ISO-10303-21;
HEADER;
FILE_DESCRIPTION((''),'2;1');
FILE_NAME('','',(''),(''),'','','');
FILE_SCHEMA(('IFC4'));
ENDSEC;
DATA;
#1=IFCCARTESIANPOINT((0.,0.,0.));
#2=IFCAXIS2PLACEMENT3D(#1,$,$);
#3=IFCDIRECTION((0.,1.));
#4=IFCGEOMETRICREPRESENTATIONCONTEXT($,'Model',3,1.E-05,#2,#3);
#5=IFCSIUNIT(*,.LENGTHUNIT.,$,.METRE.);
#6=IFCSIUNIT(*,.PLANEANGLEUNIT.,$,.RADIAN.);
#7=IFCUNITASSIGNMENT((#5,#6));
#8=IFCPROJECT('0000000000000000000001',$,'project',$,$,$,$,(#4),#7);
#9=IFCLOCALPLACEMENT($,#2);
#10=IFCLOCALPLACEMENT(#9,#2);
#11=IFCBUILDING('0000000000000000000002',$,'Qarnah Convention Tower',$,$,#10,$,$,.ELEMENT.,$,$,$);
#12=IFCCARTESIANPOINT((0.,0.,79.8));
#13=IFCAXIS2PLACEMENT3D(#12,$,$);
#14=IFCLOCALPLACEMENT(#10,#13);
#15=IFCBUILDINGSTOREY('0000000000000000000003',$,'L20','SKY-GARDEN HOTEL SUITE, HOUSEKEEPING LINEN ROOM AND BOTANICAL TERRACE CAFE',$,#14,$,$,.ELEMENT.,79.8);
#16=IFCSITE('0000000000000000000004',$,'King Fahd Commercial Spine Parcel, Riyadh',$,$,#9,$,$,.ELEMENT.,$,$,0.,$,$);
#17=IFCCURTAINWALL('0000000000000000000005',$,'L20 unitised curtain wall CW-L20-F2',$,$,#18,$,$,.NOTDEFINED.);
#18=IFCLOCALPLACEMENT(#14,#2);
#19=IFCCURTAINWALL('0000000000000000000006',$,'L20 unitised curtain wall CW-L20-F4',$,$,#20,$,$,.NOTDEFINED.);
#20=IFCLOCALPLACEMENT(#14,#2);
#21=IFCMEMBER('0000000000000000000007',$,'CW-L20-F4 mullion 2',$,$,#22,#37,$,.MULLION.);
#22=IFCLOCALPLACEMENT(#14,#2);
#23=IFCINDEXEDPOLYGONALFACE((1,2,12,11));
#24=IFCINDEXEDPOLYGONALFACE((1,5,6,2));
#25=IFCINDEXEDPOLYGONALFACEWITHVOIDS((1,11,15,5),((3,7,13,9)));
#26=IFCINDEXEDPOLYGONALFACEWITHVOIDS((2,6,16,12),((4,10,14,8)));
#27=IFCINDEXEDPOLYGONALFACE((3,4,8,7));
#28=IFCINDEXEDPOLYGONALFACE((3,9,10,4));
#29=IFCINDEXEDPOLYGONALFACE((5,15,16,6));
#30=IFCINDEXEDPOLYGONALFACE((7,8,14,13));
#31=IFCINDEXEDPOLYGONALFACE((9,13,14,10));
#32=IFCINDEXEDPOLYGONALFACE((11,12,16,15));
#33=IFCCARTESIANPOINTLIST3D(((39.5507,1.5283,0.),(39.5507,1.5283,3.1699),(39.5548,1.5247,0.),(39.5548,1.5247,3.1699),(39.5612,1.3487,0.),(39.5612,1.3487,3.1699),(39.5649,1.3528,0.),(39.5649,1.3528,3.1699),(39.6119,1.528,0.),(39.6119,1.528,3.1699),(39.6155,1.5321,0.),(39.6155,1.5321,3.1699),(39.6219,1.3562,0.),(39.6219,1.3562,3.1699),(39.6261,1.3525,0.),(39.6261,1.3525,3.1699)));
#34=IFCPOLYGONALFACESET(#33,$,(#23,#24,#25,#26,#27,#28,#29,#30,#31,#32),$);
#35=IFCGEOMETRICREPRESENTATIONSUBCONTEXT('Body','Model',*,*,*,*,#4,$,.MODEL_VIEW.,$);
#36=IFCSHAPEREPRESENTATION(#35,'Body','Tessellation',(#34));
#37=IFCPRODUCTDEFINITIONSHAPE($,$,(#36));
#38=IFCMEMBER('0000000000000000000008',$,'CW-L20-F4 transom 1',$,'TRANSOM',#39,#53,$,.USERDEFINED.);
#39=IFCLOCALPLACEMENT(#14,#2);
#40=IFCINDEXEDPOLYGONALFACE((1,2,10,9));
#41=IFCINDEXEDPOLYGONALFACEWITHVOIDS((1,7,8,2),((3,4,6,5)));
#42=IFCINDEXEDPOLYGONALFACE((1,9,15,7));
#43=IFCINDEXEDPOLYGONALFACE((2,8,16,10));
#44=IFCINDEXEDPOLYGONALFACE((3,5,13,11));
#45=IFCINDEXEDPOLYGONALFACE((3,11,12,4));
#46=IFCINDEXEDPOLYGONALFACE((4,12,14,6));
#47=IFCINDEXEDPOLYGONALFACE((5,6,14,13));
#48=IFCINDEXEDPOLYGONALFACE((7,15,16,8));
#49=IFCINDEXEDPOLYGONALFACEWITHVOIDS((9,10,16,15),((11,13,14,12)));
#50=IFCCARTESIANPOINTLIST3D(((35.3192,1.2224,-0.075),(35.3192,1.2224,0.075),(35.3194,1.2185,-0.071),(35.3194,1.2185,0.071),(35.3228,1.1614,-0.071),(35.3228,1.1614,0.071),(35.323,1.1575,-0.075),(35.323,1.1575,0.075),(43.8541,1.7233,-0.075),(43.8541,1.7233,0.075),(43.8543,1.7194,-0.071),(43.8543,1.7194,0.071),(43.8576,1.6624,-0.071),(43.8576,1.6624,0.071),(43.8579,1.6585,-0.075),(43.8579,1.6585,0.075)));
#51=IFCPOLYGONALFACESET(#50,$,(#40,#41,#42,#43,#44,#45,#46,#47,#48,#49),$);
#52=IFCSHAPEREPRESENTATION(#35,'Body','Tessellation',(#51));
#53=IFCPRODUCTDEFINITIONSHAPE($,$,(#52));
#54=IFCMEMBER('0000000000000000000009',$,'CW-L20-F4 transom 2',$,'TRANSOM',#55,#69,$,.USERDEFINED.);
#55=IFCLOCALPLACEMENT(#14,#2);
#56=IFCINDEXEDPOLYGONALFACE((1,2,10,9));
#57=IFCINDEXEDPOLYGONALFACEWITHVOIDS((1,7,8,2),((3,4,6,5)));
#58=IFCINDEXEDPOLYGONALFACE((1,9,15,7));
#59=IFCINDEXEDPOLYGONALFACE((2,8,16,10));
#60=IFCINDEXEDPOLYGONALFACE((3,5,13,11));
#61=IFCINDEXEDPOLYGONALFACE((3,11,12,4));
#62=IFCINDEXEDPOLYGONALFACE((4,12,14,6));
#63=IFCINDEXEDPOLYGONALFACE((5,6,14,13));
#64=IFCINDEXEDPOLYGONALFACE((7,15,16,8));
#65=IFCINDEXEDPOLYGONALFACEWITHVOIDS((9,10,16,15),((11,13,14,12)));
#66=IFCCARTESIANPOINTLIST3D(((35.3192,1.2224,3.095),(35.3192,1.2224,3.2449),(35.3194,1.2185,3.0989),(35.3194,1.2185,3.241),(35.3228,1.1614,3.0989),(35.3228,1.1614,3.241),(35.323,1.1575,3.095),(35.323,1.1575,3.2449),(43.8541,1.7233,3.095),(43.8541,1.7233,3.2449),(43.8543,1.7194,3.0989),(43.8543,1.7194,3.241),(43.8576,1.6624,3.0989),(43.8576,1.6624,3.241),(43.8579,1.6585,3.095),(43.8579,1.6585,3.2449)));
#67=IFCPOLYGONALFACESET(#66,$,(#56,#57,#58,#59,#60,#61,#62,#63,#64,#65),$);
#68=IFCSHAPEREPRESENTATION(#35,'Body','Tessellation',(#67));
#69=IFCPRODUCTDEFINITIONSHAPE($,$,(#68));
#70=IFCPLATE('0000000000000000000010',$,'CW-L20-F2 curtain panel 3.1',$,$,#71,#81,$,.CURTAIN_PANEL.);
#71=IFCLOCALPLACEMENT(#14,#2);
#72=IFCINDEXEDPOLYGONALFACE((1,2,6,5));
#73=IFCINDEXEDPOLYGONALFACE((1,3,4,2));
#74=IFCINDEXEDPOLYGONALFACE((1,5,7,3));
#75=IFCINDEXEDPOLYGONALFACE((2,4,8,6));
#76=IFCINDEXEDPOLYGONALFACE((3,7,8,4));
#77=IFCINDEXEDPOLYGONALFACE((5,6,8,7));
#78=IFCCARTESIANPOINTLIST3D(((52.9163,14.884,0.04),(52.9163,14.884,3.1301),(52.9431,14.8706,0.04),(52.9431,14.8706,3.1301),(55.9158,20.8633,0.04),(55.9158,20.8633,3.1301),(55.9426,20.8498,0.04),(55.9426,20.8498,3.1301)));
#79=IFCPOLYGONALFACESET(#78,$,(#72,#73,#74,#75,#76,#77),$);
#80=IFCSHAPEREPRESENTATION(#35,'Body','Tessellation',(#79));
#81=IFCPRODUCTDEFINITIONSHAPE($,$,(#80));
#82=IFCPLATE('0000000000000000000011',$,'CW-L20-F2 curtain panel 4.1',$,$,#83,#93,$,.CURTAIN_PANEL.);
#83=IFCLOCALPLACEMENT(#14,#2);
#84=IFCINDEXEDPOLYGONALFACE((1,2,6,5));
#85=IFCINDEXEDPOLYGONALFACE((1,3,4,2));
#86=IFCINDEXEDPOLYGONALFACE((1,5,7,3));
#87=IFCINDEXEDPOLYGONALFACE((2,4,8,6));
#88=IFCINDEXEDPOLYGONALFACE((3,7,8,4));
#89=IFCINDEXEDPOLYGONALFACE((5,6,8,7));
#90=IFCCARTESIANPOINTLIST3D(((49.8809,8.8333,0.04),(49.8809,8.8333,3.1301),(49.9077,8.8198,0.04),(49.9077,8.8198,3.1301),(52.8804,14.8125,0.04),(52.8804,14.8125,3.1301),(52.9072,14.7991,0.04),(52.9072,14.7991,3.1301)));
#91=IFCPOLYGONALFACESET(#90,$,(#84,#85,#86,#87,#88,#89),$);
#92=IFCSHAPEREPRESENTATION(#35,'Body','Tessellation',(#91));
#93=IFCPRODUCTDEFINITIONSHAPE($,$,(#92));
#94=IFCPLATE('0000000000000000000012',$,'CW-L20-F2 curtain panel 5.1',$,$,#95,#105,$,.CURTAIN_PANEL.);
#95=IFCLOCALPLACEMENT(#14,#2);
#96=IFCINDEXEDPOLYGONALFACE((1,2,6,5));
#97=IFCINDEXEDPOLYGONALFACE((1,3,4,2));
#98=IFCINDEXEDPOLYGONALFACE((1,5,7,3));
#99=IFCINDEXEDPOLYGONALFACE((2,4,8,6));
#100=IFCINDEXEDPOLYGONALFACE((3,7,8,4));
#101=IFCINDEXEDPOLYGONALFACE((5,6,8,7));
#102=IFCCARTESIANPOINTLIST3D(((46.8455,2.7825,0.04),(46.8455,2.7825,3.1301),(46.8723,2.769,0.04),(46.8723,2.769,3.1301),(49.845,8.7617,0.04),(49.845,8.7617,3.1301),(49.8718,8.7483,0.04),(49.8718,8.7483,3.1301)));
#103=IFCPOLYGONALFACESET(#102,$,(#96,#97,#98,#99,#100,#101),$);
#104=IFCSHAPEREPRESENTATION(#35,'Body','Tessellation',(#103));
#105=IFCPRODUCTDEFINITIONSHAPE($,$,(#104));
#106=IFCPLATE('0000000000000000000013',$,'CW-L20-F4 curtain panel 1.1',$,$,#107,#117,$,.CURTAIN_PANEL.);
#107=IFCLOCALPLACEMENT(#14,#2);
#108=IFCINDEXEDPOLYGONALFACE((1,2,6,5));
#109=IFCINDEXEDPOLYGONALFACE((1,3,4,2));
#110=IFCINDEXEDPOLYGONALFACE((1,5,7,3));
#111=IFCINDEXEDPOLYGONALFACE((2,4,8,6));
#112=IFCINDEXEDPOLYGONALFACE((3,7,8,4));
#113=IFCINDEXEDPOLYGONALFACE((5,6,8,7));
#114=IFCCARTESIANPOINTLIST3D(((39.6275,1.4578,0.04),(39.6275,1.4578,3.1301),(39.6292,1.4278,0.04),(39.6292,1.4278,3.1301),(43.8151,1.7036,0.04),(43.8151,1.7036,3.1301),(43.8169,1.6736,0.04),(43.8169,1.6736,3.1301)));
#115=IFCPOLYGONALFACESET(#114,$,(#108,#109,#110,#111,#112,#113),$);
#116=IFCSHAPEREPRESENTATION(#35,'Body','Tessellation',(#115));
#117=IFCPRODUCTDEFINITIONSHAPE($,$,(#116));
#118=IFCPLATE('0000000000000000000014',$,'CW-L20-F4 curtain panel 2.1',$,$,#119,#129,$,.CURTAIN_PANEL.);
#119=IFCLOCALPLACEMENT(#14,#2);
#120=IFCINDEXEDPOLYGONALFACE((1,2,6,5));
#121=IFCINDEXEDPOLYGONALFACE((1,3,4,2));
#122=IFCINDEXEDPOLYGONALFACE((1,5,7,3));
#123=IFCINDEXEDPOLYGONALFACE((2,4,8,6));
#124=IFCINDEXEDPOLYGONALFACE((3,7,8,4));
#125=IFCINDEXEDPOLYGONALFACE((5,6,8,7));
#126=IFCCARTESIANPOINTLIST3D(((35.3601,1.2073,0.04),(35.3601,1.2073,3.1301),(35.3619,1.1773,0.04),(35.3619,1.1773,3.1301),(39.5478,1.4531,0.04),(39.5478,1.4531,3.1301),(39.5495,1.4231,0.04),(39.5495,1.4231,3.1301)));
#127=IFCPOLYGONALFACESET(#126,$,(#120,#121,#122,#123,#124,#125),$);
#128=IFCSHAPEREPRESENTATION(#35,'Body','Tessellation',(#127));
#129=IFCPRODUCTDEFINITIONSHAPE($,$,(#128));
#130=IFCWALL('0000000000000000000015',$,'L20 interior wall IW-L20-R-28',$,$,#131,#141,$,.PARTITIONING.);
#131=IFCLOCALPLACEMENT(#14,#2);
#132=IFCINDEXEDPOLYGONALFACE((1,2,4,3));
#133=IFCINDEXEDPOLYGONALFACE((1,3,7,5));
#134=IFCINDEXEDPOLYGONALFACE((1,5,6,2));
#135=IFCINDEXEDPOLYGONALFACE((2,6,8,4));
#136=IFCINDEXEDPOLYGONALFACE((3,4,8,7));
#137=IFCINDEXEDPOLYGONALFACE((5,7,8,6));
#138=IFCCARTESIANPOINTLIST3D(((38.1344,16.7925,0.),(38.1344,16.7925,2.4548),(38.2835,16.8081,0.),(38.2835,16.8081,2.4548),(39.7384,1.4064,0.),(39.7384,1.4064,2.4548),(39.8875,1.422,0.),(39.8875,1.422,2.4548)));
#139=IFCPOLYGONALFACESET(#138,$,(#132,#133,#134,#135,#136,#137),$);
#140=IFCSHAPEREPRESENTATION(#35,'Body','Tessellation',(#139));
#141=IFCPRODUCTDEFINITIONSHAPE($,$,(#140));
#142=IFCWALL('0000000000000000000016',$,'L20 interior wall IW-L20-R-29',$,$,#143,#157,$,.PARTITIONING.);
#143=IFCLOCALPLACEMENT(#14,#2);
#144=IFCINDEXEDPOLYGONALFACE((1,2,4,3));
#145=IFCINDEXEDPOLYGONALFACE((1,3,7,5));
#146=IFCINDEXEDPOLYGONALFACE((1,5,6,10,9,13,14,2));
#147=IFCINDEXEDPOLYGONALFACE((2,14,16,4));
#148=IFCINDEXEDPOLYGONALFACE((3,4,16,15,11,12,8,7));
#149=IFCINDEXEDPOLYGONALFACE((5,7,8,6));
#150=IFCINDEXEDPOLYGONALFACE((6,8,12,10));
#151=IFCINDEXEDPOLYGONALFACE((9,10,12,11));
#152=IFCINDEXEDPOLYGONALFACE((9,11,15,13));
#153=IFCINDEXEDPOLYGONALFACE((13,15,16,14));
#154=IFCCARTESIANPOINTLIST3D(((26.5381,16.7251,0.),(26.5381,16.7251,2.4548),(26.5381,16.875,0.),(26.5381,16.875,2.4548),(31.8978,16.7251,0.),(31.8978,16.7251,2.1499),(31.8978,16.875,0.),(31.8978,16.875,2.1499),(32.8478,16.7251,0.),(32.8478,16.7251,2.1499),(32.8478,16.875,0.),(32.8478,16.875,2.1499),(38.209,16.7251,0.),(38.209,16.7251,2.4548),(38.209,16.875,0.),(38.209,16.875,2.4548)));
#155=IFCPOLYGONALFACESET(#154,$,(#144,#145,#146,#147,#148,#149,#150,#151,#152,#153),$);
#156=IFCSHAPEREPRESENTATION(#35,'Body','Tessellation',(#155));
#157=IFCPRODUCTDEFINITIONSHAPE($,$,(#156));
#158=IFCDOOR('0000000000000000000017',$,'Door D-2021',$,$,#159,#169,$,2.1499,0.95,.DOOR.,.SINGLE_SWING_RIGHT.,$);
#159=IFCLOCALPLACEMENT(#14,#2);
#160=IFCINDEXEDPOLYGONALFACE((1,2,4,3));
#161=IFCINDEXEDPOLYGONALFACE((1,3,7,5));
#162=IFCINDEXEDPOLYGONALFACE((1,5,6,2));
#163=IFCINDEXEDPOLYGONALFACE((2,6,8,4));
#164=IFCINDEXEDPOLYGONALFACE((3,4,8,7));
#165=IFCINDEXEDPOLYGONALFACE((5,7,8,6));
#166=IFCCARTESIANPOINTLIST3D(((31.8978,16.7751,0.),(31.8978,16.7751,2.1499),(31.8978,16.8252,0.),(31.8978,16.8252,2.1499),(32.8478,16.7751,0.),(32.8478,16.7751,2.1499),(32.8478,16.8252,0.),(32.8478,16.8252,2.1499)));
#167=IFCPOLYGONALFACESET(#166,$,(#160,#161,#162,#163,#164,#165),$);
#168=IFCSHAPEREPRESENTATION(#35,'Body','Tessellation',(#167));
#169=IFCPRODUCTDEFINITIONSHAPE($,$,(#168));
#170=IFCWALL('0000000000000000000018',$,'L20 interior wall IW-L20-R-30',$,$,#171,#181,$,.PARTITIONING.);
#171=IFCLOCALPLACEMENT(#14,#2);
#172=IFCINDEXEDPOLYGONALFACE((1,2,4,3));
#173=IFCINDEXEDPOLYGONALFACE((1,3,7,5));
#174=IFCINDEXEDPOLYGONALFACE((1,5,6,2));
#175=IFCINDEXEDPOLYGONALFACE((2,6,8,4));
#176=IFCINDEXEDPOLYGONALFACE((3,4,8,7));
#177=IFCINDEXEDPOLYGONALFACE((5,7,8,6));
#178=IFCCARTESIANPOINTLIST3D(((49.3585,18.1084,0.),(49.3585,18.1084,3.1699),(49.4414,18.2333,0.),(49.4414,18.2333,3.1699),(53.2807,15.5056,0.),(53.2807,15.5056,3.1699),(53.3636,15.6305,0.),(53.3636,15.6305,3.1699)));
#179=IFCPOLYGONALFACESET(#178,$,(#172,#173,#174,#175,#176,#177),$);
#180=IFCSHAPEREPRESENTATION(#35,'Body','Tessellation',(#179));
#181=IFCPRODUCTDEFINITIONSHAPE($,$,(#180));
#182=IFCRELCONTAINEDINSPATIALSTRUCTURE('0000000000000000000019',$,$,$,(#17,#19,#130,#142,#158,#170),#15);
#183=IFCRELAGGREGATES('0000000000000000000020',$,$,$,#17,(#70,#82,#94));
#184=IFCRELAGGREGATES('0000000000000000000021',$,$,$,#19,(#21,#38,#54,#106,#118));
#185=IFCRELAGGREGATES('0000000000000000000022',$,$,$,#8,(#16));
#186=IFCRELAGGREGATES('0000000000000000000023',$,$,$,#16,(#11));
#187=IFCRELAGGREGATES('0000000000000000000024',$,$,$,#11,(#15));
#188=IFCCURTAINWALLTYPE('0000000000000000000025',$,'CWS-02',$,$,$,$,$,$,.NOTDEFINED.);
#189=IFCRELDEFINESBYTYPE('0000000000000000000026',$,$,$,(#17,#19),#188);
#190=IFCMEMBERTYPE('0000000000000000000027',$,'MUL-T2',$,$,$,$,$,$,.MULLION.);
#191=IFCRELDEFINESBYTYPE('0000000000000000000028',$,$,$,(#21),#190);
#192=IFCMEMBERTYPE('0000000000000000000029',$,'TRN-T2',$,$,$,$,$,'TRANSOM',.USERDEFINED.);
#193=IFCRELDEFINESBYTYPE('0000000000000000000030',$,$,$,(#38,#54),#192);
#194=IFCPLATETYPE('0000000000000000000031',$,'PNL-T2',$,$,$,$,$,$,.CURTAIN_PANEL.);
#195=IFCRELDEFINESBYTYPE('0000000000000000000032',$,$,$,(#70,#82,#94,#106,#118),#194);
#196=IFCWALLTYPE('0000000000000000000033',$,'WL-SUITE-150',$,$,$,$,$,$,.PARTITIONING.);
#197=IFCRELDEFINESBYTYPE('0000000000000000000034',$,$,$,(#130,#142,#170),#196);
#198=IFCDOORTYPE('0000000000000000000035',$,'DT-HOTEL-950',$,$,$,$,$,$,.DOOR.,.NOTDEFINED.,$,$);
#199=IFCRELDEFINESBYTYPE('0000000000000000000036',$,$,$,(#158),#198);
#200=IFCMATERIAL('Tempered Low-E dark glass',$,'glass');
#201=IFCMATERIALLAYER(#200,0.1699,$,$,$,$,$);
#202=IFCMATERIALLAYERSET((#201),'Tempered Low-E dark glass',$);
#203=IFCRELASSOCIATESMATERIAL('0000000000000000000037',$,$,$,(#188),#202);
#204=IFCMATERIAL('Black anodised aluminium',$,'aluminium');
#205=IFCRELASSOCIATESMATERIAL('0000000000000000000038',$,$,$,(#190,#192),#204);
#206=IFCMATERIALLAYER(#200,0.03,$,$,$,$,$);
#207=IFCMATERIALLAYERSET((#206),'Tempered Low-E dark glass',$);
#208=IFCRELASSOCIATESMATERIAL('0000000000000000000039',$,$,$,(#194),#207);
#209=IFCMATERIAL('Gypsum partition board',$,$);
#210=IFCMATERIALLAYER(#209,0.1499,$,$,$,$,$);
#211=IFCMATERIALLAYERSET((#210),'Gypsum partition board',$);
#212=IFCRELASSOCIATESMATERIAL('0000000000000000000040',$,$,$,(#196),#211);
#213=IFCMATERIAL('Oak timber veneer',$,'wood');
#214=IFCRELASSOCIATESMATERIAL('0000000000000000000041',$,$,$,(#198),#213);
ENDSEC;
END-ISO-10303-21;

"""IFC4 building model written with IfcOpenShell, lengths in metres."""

from ifc_helpers import new_model, si_unit, direction, frame, frame_2d, origin, origin_2d, place, context, subcontext, project, spatial, rectangle, hollow_rectangle, extrude, material, layer, layer_set, material_profile, profile_set, type_object, element, fill, aggregate, save


model = new_model("IFC4")

# Units and contexts
model_context = context("Model", 3, precision=1e-05, world=origin(), true_north=direction((0.0, 1.0)))
body_context = subcontext(model_context, "Body", "Model", "MODEL_VIEW")
ifc_project = project(units=[si_unit("LENGTHUNIT", "METRE"), si_unit("PLANEANGLEUNIT", "RADIAN")], contexts=[model_context])

# Site, building, storey
site_placement = place(None, origin())
site = spatial("IfcSite", under=ifc_project, at=site_placement, Name="King Fahd Commercial Spine Parcel, Riyadh", CompositionType="ELEMENT", RefElevation=0.0)
building_placement = place(site_placement, origin())
building = spatial("IfcBuilding", under=site, at=building_placement, Name="Qarnah Convention Tower", CompositionType="ELEMENT")
storey_placement = place(building_placement, frame((0.0, 0.0, 79.8)))
storey = spatial("IfcBuildingStorey", under=building, at=storey_placement, Name="L20", Description="SKY-GARDEN HOTEL SUITE, HOUSEKEEPING LINEN ROOM AND BOTANICAL TERRACE CAFE", CompositionType="ELEMENT", Elevation=79.8)

# Curtain walls, members
ifc_material_1 = material(Name="Tempered Low-E dark glass", Category="glass")
ifc_layer_1 = layer(ifc_material_1, 0.1699)
ifc_layer_set_1 = layer_set([ifc_layer_1], Name="Tempered Low-E dark glass")
curtain_wall_type = type_object("IfcCurtainWallType", Name="CWS-02", PredefinedType="NOTDEFINED", material=ifc_layer_set_1)
curtain_wall_1_placement = place(storey_placement, origin())
curtain_wall_1 = element("IfcCurtainWall", 1, at=curtain_wall_1_placement, inside=storey, type_object=curtain_wall_type, Name="L20 unitised curtain wall CW-L20-F2", PredefinedType="NOTDEFINED")
ifc_material_2 = material(Name="Black anodised aluminium", Category="aluminium")
ifc_material_profile_1 = material_profile(ifc_material_2, hollow_rectangle(XDim=0.0649, YDim=0.1799, WallThickness=0.0039, at=origin_2d()), Name="MUL-65X180")
ifc_profile_set_1 = profile_set([ifc_material_profile_1], Name="Black anodised aluminium")
member_type_1 = type_object("IfcMemberType", Name="MUL-T2", PredefinedType="MULLION", material=ifc_profile_set_1)
curtain_wall_2_placement = place(storey_placement, origin())
curtain_wall_2 = element("IfcCurtainWall", 2, at=curtain_wall_2_placement, inside=storey, type_object=curtain_wall_type, Name="L20 unitised curtain wall CW-L20-F4", PredefinedType="NOTDEFINED")
member_1_placement = place(storey_placement, frame((39.5884, 1.4404, 0.0), z_axis=(0.0, 0.0, 1.0), x_axis=(-0.998282, -0.058599, 0.0)))
member_1 = element("IfcMember", 3, at=member_1_placement, type_object=member_type_1, Name="CW-L20-F4 mullion 2", PredefinedType="MULLION", context=body_context, shape_type="SweptSolid", body=[
    extrude(hollow_rectangle(XDim=0.0649, YDim=0.1799, WallThickness=0.0039, at=origin_2d()), origin(), (0.0, 0.0, 1.0), 3.1699),
])
ifc_material_profile_2 = material_profile(ifc_material_2, hollow_rectangle(XDim=0.0649, YDim=0.1499, WallThickness=0.0039, at=origin_2d()), Name="TRN-65X150")
ifc_profile_set_2 = profile_set([ifc_material_profile_2], Name="Black anodised aluminium")
member_type_2 = type_object("IfcMemberType", Name="TRN-T2", ElementType="TRANSOM", PredefinedType="USERDEFINED", material=ifc_profile_set_2)
member_2_placement = place(storey_placement, frame((43.856, 1.6909, 0.0), z_axis=(-0.998282, -0.058596, 0.0), x_axis=(0.058596, -0.998282, 0.0)))
member_2 = element("IfcMember", 4, at=member_2_placement, type_object=member_type_2, Name="CW-L20-F4 transom 1", ObjectType="TRANSOM", PredefinedType="USERDEFINED", context=body_context, shape_type="SweptSolid", body=[
    extrude(hollow_rectangle(XDim=0.0649, YDim=0.1499, WallThickness=0.0039, at=origin_2d()), origin(), (0.0, 0.0, 1.0), 8.5496),
])
member_3_placement = place(storey_placement, frame((43.856, 1.6909, 3.1699), z_axis=(-0.998282, -0.058596, 0.0), x_axis=(0.058596, -0.998282, 0.0)))
member_3 = element("IfcMember", 5, at=member_3_placement, type_object=member_type_2, Name="CW-L20-F4 transom 2", ObjectType="TRANSOM", PredefinedType="USERDEFINED", context=body_context, shape_type="SweptSolid", body=[
    extrude(hollow_rectangle(XDim=0.0649, YDim=0.1499, WallThickness=0.0039, at=origin_2d()), origin(), (0.0, 0.0, 1.0), 8.5496),
])

# Plates
ifc_layer_2 = layer(ifc_material_1, 0.03)
ifc_layer_set_2 = layer_set([ifc_layer_2], Name="Tempered Low-E dark glass")
plate_type = type_object("IfcPlateType", Name="PNL-T2", PredefinedType="CURTAIN_PANEL", material=ifc_layer_set_2)
plate_1_placement = place(storey_placement, frame((54.4294, 17.8669, 0.04), z_axis=(0.0, 0.0, 1.0), x_axis=(-0.448395, -0.893836, 0.0)))
plate_1 = element("IfcPlate", 6, at=plate_1_placement, type_object=plate_type, Name="CW-L20-F2 curtain panel 3.1", PredefinedType="CURTAIN_PANEL", context=body_context, shape_type="SweptSolid", body=[
    extrude(rectangle(XDim=6.6895, YDim=0.03, at=origin_2d()), origin(), (0.0, 0.0, 1.0), 3.0901),
])
plate_2_placement = place(storey_placement, frame((51.394, 11.8162, 0.04), z_axis=(0.0, 0.0, 1.0), x_axis=(-0.448395, -0.893836, 0.0)))
plate_2 = element("IfcPlate", 7, at=plate_2_placement, type_object=plate_type, Name="CW-L20-F2 curtain panel 4.1", PredefinedType="CURTAIN_PANEL", context=body_context, shape_type="SweptSolid", body=[
    extrude(rectangle(XDim=6.6895, YDim=0.03, at=origin_2d()), origin(), (0.0, 0.0, 1.0), 3.0901),
])
plate_3_placement = place(storey_placement, frame((48.3586, 5.7654, 0.04), z_axis=(0.0, 0.0, 1.0), x_axis=(-0.448395, -0.893836, 0.0)))
plate_3 = element("IfcPlate", 8, at=plate_3_placement, type_object=plate_type, Name="CW-L20-F2 curtain panel 5.1", PredefinedType="CURTAIN_PANEL", context=body_context, shape_type="SweptSolid", body=[
    extrude(rectangle(XDim=6.6895, YDim=0.03, at=origin_2d()), origin(), (0.0, 0.0, 1.0), 3.0901),
])
aggregate(curtain_wall_1, [plate_1, plate_2, plate_3])
plate_4_placement = place(storey_placement, frame((41.7222, 1.5657, 0.04), z_axis=(0.0, 0.0, 1.0), x_axis=(-0.998282, -0.058599, 0.0)))
plate_4 = element("IfcPlate", 9, at=plate_4_placement, type_object=plate_type, Name="CW-L20-F4 curtain panel 1.1", PredefinedType="CURTAIN_PANEL", context=body_context, shape_type="SweptSolid", body=[
    extrude(rectangle(XDim=4.1948, YDim=0.03, at=origin_2d()), origin(), (0.0, 0.0, 1.0), 3.0901),
])
plate_5_placement = place(storey_placement, frame((37.4548, 1.3152, 0.04), z_axis=(0.0, 0.0, 1.0), x_axis=(-0.998282, -0.058599, 0.0)))
plate_5 = element("IfcPlate", 10, at=plate_5_placement, type_object=plate_type, Name="CW-L20-F4 curtain panel 2.1", PredefinedType="CURTAIN_PANEL", context=body_context, shape_type="SweptSolid", body=[
    extrude(rectangle(XDim=4.1948, YDim=0.03, at=origin_2d()), origin(), (0.0, 0.0, 1.0), 3.0901),
])
aggregate(curtain_wall_2, [member_1, member_2, member_3, plate_4, plate_5])

# Wall
ifc_material_3 = material(Name="Gypsum partition board")
ifc_layer_3 = layer(ifc_material_3, 0.1499)
ifc_layer_set_3 = layer_set([ifc_layer_3], Name="Gypsum partition board")
wall_type_1 = type_object("IfcWallType", Name="WL-SUITE-150", PredefinedType="PARTITIONING", material=ifc_layer_set_3)
wall_1_placement = place(storey_placement, frame((39.813, 1.4141, 0.0), z_axis=(0.0, 0.0, 1.0), x_axis=(-0.103689, 0.99461, 0.0)))
element("IfcWall", 11, at=wall_1_placement, inside=storey, type_object=wall_type_1, Name="L20 interior wall IW-L20-R-28", PredefinedType="PARTITIONING", context=body_context, shape_type="SweptSolid", body=[
    extrude(rectangle(XDim=15.4695, YDim=0.1499, at=frame_2d((7.7349, 0.0))), origin(), (0.0, 0.0, 1.0), 2.4548),
])

# Wall, opening, door
wall_2_placement = place(storey_placement, frame((38.209, 16.8, 0.0), z_axis=(0.0, 0.0, 1.0), x_axis=(-1.0, 0.0, 0.0)))
wall_2 = element("IfcWall", 12, at=wall_2_placement, inside=storey, type_object=wall_type_1, Name="L20 interior wall IW-L20-R-29", PredefinedType="PARTITIONING", context=body_context, shape_type="SweptSolid", body=[
    extrude(rectangle(XDim=11.6709, YDim=0.1499, at=frame_2d((5.8354, 0.0))), origin(), (0.0, 0.0, 1.0), 2.4548),
])
opening_1_placement = place(wall_2_placement, frame((5.3611, 0.0, 0.0)))
opening_1 = element("IfcOpeningElement", 13, at=opening_1_placement, cuts=wall_2, PredefinedType="OPENING", context=body_context, shape_type="SweptSolid", body=[
    extrude(rectangle(XDim=0.95, YDim=2.1499, at=frame_2d((0.4751, 1.075))), frame((0.0, 0.085, 0.0), z_axis=(0.0, -1.0, 0.0), x_axis=(1.0, 0.0, 0.0)), (0.0, 0.0, 1.0), 0.1699),
])
ifc_material_4 = material(Name="Oak timber veneer", Category="wood")
door_type_1 = type_object("IfcDoorType", Name="DT-HOTEL-950", OperationType="NOTDEFINED", PredefinedType="DOOR", material=ifc_material_4)
door_1_placement = place(opening_1_placement, origin())
door_1 = element("IfcDoor", 14, at=door_1_placement, inside=storey, type_object=door_type_1, Name="Door D-2021", OperationType="SINGLE_SWING_RIGHT", OverallHeight=2.1499, OverallWidth=0.95, PredefinedType="DOOR", context=body_context, shape_type="SweptSolid", body=[
    extrude(rectangle(XDim=0.95, YDim=2.1499, at=frame_2d((0.4751, 1.075))), frame((0.0, 0.0249, 0.0), z_axis=(0.0, -1.0, 0.0), x_axis=(1.0, 0.0, 0.0)), (0.0, 0.0, 1.0), 0.05),
])
fill(opening_1, door_1)

# Wall
wall_3_placement = place(storey_placement, frame((53.322, 15.5681, 0.0), z_axis=(0.0, 0.0, 1.0), x_axis=(-0.833221, 0.55294, 0.0)))
element("IfcWall", 15, at=wall_3_placement, inside=storey, type_object=wall_type_1, Name="L20 interior wall IW-L20-R-30", PredefinedType="PARTITIONING", context=body_context, shape_type="SweptSolid", body=[
    extrude(rectangle(XDim=4.7073, YDim=0.1499, at=frame_2d((2.3535, 0.0))), origin(), (0.0, 0.0, 1.0), 3.1699),
])

save(model, "model.ifc")
